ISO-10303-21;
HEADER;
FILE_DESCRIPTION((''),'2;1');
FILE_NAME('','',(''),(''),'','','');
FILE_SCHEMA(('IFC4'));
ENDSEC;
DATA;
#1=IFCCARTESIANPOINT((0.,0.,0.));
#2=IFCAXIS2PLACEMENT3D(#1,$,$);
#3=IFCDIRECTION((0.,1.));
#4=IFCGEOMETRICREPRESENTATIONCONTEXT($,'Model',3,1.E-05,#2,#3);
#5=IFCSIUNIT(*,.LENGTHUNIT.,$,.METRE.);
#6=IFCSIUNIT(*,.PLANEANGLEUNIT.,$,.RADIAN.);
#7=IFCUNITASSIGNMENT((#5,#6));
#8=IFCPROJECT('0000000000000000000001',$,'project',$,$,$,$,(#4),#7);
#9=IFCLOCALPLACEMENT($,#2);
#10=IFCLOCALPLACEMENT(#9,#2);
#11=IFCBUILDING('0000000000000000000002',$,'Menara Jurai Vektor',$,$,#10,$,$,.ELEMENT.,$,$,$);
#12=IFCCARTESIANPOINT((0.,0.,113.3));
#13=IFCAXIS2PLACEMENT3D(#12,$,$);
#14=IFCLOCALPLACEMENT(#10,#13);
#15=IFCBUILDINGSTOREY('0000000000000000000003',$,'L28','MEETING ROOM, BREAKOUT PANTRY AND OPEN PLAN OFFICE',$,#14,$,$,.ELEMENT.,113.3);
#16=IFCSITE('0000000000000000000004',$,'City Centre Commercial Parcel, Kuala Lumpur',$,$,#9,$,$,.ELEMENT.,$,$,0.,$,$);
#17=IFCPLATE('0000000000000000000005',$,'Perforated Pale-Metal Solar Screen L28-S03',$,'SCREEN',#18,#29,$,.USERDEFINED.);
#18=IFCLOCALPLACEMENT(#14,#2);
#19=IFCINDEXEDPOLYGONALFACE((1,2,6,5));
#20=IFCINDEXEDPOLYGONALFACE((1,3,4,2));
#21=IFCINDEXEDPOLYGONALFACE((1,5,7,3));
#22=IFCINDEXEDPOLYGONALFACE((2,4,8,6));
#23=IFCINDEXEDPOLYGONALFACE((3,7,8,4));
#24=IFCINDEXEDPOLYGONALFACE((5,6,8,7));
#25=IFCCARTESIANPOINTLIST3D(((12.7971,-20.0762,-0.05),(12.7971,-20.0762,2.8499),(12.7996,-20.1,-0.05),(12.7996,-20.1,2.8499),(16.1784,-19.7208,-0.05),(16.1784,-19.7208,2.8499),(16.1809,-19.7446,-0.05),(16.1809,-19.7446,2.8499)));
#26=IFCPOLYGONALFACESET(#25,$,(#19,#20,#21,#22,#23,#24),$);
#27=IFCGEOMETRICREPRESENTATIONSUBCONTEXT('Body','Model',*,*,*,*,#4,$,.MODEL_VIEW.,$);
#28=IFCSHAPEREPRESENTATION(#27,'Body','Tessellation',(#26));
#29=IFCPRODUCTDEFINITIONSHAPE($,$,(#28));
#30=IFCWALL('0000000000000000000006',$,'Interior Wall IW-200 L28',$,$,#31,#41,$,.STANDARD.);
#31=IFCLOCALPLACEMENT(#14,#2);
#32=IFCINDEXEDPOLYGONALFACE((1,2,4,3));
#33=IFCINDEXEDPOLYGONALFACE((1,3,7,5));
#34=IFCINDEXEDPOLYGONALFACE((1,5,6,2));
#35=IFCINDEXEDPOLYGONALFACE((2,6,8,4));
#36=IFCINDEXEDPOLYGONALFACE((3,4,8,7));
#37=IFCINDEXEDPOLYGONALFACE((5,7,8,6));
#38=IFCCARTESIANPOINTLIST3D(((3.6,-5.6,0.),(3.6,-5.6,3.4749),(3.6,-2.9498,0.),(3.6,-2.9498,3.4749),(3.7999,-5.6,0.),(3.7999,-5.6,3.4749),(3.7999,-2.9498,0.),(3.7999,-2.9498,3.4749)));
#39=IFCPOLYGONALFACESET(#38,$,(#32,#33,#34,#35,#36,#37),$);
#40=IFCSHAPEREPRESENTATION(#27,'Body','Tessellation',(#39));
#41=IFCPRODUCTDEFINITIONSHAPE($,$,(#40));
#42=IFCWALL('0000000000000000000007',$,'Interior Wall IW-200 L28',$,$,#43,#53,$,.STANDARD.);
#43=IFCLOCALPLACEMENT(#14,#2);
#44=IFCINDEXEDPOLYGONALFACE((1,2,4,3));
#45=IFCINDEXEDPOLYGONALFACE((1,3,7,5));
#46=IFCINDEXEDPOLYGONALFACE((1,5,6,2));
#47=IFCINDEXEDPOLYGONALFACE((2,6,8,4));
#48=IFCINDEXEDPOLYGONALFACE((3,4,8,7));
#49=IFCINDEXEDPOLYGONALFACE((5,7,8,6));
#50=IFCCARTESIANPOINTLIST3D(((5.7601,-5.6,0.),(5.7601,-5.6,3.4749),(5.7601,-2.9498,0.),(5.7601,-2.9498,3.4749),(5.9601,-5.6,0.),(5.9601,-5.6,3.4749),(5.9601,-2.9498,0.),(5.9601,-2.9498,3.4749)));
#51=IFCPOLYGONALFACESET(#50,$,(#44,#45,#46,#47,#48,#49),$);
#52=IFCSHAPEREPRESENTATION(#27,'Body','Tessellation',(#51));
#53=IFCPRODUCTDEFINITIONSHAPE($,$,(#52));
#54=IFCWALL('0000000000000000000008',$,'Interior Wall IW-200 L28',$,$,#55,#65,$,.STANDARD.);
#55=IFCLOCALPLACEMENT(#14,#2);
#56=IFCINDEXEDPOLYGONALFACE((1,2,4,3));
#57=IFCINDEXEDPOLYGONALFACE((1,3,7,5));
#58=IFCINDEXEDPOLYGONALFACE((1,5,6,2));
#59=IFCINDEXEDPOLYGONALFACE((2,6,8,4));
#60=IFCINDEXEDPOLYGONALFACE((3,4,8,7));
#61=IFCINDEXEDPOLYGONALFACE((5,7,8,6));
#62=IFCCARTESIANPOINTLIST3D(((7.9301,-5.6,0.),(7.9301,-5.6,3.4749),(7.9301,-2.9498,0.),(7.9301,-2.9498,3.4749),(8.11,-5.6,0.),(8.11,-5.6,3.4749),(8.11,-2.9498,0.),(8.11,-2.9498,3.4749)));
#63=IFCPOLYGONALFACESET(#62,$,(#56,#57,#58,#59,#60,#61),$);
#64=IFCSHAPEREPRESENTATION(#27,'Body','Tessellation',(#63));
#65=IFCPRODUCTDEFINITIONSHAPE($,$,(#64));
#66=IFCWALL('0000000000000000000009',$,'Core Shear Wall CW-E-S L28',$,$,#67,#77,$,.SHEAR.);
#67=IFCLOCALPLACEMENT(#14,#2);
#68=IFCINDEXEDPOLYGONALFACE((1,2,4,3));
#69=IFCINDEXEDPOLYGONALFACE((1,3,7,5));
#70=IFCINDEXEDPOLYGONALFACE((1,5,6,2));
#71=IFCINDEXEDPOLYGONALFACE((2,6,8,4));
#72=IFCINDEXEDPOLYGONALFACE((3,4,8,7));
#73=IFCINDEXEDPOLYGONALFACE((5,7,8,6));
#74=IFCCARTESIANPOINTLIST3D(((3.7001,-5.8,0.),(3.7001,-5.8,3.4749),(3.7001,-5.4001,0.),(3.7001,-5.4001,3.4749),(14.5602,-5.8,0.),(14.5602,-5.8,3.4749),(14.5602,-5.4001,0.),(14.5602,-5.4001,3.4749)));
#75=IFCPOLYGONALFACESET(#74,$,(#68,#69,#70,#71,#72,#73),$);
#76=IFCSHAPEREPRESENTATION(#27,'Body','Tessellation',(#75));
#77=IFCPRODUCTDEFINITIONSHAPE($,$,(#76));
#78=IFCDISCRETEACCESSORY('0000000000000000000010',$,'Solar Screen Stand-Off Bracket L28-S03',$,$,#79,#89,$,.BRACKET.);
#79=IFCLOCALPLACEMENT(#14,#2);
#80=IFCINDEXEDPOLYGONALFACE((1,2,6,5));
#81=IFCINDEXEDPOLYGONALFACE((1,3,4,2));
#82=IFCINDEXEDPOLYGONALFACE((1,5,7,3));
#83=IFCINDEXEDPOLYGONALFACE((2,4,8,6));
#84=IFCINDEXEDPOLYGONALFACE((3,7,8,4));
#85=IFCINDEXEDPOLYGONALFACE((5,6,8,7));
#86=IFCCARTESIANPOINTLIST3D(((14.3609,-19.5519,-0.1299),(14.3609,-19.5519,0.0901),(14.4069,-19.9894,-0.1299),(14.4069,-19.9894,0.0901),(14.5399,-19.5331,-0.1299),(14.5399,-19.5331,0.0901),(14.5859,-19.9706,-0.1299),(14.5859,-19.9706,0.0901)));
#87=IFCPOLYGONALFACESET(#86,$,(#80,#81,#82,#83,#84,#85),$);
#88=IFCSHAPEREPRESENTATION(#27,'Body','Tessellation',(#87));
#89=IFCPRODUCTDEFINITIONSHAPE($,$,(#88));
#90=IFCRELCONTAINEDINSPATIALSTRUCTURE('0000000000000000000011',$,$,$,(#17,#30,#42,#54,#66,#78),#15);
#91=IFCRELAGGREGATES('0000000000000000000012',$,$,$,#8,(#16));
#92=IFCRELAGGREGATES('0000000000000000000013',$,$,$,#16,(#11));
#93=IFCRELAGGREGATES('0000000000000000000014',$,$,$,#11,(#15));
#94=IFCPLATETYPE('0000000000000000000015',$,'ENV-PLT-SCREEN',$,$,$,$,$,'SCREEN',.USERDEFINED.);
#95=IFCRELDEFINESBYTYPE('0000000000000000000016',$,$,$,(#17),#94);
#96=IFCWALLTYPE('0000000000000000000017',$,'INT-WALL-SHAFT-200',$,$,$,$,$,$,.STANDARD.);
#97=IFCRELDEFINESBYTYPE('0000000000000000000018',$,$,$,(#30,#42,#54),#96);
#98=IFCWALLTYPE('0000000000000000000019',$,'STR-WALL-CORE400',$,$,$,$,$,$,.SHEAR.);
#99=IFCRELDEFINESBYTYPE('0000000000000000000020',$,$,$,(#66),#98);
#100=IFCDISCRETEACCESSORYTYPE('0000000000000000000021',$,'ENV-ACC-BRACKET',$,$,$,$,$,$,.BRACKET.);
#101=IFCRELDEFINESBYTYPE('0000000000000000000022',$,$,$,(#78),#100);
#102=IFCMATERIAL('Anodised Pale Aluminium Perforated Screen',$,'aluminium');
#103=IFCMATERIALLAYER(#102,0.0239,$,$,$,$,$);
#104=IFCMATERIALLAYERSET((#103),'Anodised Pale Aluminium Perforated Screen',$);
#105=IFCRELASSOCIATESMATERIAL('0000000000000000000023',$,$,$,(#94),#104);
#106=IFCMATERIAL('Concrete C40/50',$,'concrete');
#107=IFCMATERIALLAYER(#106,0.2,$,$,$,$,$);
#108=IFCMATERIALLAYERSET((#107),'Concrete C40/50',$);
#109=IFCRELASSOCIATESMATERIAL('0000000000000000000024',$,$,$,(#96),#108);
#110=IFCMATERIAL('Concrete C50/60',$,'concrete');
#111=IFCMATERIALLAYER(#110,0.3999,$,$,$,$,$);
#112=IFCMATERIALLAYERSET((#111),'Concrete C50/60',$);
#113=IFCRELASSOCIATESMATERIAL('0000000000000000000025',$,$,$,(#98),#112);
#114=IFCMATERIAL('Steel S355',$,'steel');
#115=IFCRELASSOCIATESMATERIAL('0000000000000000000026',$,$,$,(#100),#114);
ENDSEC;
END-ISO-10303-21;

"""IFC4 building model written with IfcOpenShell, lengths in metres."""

from ifc_helpers import new_model, si_unit, direction, frame, frame_2d, origin, origin_2d, place, context, subcontext, project, spatial, rectangle, extrude, material, layer, layer_set, type_object, element, save


model = new_model("IFC4")

# Units and contexts
model_context = context("Model", 3, precision=1e-05, world=origin(), true_north=direction((0.0, 1.0)))
body_context = subcontext(model_context, "Body", "Model", "MODEL_VIEW")
ifc_project = project(units=[si_unit("LENGTHUNIT", "METRE"), si_unit("PLANEANGLEUNIT", "RADIAN")], contexts=[model_context])

# Site, building, storey
site_placement = place(None, origin())
site = spatial("IfcSite", under=ifc_project, at=site_placement, Name="City Centre Commercial Parcel, Kuala Lumpur", CompositionType="ELEMENT", RefElevation=0.0)
building_placement = place(site_placement, origin())
building = spatial("IfcBuilding", under=site, at=building_placement, Name="Menara Jurai Vektor", CompositionType="ELEMENT")
storey_placement = place(building_placement, frame((0.0, 0.0, 113.3)))
storey = spatial("IfcBuildingStorey", under=building, at=storey_placement, Name="L28", Description="MEETING ROOM, BREAKOUT PANTRY AND OPEN PLAN OFFICE", CompositionType="ELEMENT", Elevation=113.3)

# Shared definitions
ifc_material_1 = material(Name="Concrete C50/60", Category="concrete")

# Shared definitions
ifc_material_2 = material(Name="Steel S355", Category="steel")

# Plate
ifc_material_3 = material(Name="Anodised Pale Aluminium Perforated Screen", Category="aluminium")
ifc_layer_1 = layer(ifc_material_3, 0.0239)
ifc_layer_set_1 = layer_set([ifc_layer_1], Name="Anodised Pale Aluminium Perforated Screen")
plate_type_1 = type_object("IfcPlateType", Name="ENV-PLT-SCREEN", ElementType="SCREEN", PredefinedType="USERDEFINED", material=ifc_layer_set_1)
plate_1_placement = place(storey_placement, frame((14.489, -19.9104, -0.05), z_axis=(0.0, 0.0, 1.0), x_axis=(0.994522, 0.104528, 0.0)))
element("IfcPlate", 1, at=plate_1_placement, inside=storey, type_object=plate_type_1, Name="Perforated Pale-Metal Solar Screen L28-S03", ObjectType="SCREEN", PredefinedType="USERDEFINED", context=body_context, shape_type="SweptSolid", body=[
    extrude(rectangle(XDim=3.3999, YDim=0.0239, at=origin_2d()), origin(), (0.0, 0.0, 1.0), 2.8999),
])

# Walls
ifc_material_4 = material(Name="Concrete C40/50", Category="concrete")
ifc_layer_2 = layer(ifc_material_4, 0.2)
ifc_layer_set_2 = layer_set([ifc_layer_2], Name="Concrete C40/50")
wall_type_1 = type_object("IfcWallType", Name="INT-WALL-SHAFT-200", PredefinedType="STANDARD", material=ifc_layer_set_2)
for number, where, z_axis, x_axis, name in (
    (2, (3.7, -5.6001, 0.0), (0.0, 0.0, 1.0), (0.0, 1.0, 0.0), "Interior Wall IW-200 L28"),
    (3, (5.8601, -5.6001, 0.0), (0.0, 0.0, 1.0), (0.0, 1.0, 0.0), "Interior Wall IW-200 L28"),
):
    element("IfcWall", number, at=place(storey_placement, frame(where, z_axis=z_axis, x_axis=x_axis)), inside=storey, type_object=wall_type_1, Name=name, PredefinedType="STANDARD", context=body_context, shape_type="SweptSolid", body=[
        extrude(rectangle(XDim=2.6501, YDim=0.2, at=frame_2d((1.3252, 0.0))), origin(), (0.0, 0.0, 1.0), 3.4749),
    ])
wall_1_placement = place(storey_placement, frame((8.02, -5.6001, 0.0), z_axis=(0.0, 0.0, 1.0), x_axis=(0.0, 1.0, 0.0)))
element("IfcWall", 4, at=wall_1_placement, inside=storey, type_object=wall_type_1, Name="Interior Wall IW-200 L28", PredefinedType="STANDARD", context=body_context, shape_type="SweptSolid", body=[
    extrude(rectangle(XDim=2.6501, YDim=0.1799, at=frame_2d((1.3252, 0.0))), origin(), (0.0, 0.0, 1.0), 3.4749),
])
ifc_layer_3 = layer(ifc_material_1, 0.3999)
ifc_layer_set_3 = layer_set([ifc_layer_3], Name="Concrete C50/60")
wall_type_2 = type_object("IfcWallType", Name="STR-WALL-CORE400", PredefinedType="SHEAR", material=ifc_layer_set_3)
wall_2_placement = place(storey_placement, frame((3.7, -5.6001, 0.0), z_axis=(0.0, 0.0, 1.0), x_axis=(1.0, 0.0, 0.0)))
element("IfcWall", 5, at=wall_2_placement, inside=storey, type_object=wall_type_2, Name="Core Shear Wall CW-E-S L28", PredefinedType="SHEAR", context=body_context, shape_type="SweptSolid", body=[
    extrude(rectangle(XDim=10.8601, YDim=0.3999, at=frame_2d((5.4302, 0.0))), origin(), (0.0, 0.0, 1.0), 3.4749),
])

# Discrete accessory
discrete_accessory_type = type_object("IfcDiscreteAccessoryType", Name="ENV-ACC-BRACKET", PredefinedType="BRACKET", material=ifc_material_2)
discrete_accessory_placement = place(storey_placement, frame((14.4734, -19.7612, -0.1299), z_axis=(0.0, 0.0, 1.0), x_axis=(0.994522, 0.104528, 0.0)))
element("IfcDiscreteAccessory", 6, at=discrete_accessory_placement, inside=storey, type_object=discrete_accessory_type, Name="Solar Screen Stand-Off Bracket L28-S03", PredefinedType="BRACKET", context=body_context, shape_type="SweptSolid", body=[
    extrude(rectangle(XDim=0.1799, YDim=0.4399, at=origin_2d()), origin(), (0.0, 0.0, 1.0), 0.22),
])

save(model, "model.ifc")
